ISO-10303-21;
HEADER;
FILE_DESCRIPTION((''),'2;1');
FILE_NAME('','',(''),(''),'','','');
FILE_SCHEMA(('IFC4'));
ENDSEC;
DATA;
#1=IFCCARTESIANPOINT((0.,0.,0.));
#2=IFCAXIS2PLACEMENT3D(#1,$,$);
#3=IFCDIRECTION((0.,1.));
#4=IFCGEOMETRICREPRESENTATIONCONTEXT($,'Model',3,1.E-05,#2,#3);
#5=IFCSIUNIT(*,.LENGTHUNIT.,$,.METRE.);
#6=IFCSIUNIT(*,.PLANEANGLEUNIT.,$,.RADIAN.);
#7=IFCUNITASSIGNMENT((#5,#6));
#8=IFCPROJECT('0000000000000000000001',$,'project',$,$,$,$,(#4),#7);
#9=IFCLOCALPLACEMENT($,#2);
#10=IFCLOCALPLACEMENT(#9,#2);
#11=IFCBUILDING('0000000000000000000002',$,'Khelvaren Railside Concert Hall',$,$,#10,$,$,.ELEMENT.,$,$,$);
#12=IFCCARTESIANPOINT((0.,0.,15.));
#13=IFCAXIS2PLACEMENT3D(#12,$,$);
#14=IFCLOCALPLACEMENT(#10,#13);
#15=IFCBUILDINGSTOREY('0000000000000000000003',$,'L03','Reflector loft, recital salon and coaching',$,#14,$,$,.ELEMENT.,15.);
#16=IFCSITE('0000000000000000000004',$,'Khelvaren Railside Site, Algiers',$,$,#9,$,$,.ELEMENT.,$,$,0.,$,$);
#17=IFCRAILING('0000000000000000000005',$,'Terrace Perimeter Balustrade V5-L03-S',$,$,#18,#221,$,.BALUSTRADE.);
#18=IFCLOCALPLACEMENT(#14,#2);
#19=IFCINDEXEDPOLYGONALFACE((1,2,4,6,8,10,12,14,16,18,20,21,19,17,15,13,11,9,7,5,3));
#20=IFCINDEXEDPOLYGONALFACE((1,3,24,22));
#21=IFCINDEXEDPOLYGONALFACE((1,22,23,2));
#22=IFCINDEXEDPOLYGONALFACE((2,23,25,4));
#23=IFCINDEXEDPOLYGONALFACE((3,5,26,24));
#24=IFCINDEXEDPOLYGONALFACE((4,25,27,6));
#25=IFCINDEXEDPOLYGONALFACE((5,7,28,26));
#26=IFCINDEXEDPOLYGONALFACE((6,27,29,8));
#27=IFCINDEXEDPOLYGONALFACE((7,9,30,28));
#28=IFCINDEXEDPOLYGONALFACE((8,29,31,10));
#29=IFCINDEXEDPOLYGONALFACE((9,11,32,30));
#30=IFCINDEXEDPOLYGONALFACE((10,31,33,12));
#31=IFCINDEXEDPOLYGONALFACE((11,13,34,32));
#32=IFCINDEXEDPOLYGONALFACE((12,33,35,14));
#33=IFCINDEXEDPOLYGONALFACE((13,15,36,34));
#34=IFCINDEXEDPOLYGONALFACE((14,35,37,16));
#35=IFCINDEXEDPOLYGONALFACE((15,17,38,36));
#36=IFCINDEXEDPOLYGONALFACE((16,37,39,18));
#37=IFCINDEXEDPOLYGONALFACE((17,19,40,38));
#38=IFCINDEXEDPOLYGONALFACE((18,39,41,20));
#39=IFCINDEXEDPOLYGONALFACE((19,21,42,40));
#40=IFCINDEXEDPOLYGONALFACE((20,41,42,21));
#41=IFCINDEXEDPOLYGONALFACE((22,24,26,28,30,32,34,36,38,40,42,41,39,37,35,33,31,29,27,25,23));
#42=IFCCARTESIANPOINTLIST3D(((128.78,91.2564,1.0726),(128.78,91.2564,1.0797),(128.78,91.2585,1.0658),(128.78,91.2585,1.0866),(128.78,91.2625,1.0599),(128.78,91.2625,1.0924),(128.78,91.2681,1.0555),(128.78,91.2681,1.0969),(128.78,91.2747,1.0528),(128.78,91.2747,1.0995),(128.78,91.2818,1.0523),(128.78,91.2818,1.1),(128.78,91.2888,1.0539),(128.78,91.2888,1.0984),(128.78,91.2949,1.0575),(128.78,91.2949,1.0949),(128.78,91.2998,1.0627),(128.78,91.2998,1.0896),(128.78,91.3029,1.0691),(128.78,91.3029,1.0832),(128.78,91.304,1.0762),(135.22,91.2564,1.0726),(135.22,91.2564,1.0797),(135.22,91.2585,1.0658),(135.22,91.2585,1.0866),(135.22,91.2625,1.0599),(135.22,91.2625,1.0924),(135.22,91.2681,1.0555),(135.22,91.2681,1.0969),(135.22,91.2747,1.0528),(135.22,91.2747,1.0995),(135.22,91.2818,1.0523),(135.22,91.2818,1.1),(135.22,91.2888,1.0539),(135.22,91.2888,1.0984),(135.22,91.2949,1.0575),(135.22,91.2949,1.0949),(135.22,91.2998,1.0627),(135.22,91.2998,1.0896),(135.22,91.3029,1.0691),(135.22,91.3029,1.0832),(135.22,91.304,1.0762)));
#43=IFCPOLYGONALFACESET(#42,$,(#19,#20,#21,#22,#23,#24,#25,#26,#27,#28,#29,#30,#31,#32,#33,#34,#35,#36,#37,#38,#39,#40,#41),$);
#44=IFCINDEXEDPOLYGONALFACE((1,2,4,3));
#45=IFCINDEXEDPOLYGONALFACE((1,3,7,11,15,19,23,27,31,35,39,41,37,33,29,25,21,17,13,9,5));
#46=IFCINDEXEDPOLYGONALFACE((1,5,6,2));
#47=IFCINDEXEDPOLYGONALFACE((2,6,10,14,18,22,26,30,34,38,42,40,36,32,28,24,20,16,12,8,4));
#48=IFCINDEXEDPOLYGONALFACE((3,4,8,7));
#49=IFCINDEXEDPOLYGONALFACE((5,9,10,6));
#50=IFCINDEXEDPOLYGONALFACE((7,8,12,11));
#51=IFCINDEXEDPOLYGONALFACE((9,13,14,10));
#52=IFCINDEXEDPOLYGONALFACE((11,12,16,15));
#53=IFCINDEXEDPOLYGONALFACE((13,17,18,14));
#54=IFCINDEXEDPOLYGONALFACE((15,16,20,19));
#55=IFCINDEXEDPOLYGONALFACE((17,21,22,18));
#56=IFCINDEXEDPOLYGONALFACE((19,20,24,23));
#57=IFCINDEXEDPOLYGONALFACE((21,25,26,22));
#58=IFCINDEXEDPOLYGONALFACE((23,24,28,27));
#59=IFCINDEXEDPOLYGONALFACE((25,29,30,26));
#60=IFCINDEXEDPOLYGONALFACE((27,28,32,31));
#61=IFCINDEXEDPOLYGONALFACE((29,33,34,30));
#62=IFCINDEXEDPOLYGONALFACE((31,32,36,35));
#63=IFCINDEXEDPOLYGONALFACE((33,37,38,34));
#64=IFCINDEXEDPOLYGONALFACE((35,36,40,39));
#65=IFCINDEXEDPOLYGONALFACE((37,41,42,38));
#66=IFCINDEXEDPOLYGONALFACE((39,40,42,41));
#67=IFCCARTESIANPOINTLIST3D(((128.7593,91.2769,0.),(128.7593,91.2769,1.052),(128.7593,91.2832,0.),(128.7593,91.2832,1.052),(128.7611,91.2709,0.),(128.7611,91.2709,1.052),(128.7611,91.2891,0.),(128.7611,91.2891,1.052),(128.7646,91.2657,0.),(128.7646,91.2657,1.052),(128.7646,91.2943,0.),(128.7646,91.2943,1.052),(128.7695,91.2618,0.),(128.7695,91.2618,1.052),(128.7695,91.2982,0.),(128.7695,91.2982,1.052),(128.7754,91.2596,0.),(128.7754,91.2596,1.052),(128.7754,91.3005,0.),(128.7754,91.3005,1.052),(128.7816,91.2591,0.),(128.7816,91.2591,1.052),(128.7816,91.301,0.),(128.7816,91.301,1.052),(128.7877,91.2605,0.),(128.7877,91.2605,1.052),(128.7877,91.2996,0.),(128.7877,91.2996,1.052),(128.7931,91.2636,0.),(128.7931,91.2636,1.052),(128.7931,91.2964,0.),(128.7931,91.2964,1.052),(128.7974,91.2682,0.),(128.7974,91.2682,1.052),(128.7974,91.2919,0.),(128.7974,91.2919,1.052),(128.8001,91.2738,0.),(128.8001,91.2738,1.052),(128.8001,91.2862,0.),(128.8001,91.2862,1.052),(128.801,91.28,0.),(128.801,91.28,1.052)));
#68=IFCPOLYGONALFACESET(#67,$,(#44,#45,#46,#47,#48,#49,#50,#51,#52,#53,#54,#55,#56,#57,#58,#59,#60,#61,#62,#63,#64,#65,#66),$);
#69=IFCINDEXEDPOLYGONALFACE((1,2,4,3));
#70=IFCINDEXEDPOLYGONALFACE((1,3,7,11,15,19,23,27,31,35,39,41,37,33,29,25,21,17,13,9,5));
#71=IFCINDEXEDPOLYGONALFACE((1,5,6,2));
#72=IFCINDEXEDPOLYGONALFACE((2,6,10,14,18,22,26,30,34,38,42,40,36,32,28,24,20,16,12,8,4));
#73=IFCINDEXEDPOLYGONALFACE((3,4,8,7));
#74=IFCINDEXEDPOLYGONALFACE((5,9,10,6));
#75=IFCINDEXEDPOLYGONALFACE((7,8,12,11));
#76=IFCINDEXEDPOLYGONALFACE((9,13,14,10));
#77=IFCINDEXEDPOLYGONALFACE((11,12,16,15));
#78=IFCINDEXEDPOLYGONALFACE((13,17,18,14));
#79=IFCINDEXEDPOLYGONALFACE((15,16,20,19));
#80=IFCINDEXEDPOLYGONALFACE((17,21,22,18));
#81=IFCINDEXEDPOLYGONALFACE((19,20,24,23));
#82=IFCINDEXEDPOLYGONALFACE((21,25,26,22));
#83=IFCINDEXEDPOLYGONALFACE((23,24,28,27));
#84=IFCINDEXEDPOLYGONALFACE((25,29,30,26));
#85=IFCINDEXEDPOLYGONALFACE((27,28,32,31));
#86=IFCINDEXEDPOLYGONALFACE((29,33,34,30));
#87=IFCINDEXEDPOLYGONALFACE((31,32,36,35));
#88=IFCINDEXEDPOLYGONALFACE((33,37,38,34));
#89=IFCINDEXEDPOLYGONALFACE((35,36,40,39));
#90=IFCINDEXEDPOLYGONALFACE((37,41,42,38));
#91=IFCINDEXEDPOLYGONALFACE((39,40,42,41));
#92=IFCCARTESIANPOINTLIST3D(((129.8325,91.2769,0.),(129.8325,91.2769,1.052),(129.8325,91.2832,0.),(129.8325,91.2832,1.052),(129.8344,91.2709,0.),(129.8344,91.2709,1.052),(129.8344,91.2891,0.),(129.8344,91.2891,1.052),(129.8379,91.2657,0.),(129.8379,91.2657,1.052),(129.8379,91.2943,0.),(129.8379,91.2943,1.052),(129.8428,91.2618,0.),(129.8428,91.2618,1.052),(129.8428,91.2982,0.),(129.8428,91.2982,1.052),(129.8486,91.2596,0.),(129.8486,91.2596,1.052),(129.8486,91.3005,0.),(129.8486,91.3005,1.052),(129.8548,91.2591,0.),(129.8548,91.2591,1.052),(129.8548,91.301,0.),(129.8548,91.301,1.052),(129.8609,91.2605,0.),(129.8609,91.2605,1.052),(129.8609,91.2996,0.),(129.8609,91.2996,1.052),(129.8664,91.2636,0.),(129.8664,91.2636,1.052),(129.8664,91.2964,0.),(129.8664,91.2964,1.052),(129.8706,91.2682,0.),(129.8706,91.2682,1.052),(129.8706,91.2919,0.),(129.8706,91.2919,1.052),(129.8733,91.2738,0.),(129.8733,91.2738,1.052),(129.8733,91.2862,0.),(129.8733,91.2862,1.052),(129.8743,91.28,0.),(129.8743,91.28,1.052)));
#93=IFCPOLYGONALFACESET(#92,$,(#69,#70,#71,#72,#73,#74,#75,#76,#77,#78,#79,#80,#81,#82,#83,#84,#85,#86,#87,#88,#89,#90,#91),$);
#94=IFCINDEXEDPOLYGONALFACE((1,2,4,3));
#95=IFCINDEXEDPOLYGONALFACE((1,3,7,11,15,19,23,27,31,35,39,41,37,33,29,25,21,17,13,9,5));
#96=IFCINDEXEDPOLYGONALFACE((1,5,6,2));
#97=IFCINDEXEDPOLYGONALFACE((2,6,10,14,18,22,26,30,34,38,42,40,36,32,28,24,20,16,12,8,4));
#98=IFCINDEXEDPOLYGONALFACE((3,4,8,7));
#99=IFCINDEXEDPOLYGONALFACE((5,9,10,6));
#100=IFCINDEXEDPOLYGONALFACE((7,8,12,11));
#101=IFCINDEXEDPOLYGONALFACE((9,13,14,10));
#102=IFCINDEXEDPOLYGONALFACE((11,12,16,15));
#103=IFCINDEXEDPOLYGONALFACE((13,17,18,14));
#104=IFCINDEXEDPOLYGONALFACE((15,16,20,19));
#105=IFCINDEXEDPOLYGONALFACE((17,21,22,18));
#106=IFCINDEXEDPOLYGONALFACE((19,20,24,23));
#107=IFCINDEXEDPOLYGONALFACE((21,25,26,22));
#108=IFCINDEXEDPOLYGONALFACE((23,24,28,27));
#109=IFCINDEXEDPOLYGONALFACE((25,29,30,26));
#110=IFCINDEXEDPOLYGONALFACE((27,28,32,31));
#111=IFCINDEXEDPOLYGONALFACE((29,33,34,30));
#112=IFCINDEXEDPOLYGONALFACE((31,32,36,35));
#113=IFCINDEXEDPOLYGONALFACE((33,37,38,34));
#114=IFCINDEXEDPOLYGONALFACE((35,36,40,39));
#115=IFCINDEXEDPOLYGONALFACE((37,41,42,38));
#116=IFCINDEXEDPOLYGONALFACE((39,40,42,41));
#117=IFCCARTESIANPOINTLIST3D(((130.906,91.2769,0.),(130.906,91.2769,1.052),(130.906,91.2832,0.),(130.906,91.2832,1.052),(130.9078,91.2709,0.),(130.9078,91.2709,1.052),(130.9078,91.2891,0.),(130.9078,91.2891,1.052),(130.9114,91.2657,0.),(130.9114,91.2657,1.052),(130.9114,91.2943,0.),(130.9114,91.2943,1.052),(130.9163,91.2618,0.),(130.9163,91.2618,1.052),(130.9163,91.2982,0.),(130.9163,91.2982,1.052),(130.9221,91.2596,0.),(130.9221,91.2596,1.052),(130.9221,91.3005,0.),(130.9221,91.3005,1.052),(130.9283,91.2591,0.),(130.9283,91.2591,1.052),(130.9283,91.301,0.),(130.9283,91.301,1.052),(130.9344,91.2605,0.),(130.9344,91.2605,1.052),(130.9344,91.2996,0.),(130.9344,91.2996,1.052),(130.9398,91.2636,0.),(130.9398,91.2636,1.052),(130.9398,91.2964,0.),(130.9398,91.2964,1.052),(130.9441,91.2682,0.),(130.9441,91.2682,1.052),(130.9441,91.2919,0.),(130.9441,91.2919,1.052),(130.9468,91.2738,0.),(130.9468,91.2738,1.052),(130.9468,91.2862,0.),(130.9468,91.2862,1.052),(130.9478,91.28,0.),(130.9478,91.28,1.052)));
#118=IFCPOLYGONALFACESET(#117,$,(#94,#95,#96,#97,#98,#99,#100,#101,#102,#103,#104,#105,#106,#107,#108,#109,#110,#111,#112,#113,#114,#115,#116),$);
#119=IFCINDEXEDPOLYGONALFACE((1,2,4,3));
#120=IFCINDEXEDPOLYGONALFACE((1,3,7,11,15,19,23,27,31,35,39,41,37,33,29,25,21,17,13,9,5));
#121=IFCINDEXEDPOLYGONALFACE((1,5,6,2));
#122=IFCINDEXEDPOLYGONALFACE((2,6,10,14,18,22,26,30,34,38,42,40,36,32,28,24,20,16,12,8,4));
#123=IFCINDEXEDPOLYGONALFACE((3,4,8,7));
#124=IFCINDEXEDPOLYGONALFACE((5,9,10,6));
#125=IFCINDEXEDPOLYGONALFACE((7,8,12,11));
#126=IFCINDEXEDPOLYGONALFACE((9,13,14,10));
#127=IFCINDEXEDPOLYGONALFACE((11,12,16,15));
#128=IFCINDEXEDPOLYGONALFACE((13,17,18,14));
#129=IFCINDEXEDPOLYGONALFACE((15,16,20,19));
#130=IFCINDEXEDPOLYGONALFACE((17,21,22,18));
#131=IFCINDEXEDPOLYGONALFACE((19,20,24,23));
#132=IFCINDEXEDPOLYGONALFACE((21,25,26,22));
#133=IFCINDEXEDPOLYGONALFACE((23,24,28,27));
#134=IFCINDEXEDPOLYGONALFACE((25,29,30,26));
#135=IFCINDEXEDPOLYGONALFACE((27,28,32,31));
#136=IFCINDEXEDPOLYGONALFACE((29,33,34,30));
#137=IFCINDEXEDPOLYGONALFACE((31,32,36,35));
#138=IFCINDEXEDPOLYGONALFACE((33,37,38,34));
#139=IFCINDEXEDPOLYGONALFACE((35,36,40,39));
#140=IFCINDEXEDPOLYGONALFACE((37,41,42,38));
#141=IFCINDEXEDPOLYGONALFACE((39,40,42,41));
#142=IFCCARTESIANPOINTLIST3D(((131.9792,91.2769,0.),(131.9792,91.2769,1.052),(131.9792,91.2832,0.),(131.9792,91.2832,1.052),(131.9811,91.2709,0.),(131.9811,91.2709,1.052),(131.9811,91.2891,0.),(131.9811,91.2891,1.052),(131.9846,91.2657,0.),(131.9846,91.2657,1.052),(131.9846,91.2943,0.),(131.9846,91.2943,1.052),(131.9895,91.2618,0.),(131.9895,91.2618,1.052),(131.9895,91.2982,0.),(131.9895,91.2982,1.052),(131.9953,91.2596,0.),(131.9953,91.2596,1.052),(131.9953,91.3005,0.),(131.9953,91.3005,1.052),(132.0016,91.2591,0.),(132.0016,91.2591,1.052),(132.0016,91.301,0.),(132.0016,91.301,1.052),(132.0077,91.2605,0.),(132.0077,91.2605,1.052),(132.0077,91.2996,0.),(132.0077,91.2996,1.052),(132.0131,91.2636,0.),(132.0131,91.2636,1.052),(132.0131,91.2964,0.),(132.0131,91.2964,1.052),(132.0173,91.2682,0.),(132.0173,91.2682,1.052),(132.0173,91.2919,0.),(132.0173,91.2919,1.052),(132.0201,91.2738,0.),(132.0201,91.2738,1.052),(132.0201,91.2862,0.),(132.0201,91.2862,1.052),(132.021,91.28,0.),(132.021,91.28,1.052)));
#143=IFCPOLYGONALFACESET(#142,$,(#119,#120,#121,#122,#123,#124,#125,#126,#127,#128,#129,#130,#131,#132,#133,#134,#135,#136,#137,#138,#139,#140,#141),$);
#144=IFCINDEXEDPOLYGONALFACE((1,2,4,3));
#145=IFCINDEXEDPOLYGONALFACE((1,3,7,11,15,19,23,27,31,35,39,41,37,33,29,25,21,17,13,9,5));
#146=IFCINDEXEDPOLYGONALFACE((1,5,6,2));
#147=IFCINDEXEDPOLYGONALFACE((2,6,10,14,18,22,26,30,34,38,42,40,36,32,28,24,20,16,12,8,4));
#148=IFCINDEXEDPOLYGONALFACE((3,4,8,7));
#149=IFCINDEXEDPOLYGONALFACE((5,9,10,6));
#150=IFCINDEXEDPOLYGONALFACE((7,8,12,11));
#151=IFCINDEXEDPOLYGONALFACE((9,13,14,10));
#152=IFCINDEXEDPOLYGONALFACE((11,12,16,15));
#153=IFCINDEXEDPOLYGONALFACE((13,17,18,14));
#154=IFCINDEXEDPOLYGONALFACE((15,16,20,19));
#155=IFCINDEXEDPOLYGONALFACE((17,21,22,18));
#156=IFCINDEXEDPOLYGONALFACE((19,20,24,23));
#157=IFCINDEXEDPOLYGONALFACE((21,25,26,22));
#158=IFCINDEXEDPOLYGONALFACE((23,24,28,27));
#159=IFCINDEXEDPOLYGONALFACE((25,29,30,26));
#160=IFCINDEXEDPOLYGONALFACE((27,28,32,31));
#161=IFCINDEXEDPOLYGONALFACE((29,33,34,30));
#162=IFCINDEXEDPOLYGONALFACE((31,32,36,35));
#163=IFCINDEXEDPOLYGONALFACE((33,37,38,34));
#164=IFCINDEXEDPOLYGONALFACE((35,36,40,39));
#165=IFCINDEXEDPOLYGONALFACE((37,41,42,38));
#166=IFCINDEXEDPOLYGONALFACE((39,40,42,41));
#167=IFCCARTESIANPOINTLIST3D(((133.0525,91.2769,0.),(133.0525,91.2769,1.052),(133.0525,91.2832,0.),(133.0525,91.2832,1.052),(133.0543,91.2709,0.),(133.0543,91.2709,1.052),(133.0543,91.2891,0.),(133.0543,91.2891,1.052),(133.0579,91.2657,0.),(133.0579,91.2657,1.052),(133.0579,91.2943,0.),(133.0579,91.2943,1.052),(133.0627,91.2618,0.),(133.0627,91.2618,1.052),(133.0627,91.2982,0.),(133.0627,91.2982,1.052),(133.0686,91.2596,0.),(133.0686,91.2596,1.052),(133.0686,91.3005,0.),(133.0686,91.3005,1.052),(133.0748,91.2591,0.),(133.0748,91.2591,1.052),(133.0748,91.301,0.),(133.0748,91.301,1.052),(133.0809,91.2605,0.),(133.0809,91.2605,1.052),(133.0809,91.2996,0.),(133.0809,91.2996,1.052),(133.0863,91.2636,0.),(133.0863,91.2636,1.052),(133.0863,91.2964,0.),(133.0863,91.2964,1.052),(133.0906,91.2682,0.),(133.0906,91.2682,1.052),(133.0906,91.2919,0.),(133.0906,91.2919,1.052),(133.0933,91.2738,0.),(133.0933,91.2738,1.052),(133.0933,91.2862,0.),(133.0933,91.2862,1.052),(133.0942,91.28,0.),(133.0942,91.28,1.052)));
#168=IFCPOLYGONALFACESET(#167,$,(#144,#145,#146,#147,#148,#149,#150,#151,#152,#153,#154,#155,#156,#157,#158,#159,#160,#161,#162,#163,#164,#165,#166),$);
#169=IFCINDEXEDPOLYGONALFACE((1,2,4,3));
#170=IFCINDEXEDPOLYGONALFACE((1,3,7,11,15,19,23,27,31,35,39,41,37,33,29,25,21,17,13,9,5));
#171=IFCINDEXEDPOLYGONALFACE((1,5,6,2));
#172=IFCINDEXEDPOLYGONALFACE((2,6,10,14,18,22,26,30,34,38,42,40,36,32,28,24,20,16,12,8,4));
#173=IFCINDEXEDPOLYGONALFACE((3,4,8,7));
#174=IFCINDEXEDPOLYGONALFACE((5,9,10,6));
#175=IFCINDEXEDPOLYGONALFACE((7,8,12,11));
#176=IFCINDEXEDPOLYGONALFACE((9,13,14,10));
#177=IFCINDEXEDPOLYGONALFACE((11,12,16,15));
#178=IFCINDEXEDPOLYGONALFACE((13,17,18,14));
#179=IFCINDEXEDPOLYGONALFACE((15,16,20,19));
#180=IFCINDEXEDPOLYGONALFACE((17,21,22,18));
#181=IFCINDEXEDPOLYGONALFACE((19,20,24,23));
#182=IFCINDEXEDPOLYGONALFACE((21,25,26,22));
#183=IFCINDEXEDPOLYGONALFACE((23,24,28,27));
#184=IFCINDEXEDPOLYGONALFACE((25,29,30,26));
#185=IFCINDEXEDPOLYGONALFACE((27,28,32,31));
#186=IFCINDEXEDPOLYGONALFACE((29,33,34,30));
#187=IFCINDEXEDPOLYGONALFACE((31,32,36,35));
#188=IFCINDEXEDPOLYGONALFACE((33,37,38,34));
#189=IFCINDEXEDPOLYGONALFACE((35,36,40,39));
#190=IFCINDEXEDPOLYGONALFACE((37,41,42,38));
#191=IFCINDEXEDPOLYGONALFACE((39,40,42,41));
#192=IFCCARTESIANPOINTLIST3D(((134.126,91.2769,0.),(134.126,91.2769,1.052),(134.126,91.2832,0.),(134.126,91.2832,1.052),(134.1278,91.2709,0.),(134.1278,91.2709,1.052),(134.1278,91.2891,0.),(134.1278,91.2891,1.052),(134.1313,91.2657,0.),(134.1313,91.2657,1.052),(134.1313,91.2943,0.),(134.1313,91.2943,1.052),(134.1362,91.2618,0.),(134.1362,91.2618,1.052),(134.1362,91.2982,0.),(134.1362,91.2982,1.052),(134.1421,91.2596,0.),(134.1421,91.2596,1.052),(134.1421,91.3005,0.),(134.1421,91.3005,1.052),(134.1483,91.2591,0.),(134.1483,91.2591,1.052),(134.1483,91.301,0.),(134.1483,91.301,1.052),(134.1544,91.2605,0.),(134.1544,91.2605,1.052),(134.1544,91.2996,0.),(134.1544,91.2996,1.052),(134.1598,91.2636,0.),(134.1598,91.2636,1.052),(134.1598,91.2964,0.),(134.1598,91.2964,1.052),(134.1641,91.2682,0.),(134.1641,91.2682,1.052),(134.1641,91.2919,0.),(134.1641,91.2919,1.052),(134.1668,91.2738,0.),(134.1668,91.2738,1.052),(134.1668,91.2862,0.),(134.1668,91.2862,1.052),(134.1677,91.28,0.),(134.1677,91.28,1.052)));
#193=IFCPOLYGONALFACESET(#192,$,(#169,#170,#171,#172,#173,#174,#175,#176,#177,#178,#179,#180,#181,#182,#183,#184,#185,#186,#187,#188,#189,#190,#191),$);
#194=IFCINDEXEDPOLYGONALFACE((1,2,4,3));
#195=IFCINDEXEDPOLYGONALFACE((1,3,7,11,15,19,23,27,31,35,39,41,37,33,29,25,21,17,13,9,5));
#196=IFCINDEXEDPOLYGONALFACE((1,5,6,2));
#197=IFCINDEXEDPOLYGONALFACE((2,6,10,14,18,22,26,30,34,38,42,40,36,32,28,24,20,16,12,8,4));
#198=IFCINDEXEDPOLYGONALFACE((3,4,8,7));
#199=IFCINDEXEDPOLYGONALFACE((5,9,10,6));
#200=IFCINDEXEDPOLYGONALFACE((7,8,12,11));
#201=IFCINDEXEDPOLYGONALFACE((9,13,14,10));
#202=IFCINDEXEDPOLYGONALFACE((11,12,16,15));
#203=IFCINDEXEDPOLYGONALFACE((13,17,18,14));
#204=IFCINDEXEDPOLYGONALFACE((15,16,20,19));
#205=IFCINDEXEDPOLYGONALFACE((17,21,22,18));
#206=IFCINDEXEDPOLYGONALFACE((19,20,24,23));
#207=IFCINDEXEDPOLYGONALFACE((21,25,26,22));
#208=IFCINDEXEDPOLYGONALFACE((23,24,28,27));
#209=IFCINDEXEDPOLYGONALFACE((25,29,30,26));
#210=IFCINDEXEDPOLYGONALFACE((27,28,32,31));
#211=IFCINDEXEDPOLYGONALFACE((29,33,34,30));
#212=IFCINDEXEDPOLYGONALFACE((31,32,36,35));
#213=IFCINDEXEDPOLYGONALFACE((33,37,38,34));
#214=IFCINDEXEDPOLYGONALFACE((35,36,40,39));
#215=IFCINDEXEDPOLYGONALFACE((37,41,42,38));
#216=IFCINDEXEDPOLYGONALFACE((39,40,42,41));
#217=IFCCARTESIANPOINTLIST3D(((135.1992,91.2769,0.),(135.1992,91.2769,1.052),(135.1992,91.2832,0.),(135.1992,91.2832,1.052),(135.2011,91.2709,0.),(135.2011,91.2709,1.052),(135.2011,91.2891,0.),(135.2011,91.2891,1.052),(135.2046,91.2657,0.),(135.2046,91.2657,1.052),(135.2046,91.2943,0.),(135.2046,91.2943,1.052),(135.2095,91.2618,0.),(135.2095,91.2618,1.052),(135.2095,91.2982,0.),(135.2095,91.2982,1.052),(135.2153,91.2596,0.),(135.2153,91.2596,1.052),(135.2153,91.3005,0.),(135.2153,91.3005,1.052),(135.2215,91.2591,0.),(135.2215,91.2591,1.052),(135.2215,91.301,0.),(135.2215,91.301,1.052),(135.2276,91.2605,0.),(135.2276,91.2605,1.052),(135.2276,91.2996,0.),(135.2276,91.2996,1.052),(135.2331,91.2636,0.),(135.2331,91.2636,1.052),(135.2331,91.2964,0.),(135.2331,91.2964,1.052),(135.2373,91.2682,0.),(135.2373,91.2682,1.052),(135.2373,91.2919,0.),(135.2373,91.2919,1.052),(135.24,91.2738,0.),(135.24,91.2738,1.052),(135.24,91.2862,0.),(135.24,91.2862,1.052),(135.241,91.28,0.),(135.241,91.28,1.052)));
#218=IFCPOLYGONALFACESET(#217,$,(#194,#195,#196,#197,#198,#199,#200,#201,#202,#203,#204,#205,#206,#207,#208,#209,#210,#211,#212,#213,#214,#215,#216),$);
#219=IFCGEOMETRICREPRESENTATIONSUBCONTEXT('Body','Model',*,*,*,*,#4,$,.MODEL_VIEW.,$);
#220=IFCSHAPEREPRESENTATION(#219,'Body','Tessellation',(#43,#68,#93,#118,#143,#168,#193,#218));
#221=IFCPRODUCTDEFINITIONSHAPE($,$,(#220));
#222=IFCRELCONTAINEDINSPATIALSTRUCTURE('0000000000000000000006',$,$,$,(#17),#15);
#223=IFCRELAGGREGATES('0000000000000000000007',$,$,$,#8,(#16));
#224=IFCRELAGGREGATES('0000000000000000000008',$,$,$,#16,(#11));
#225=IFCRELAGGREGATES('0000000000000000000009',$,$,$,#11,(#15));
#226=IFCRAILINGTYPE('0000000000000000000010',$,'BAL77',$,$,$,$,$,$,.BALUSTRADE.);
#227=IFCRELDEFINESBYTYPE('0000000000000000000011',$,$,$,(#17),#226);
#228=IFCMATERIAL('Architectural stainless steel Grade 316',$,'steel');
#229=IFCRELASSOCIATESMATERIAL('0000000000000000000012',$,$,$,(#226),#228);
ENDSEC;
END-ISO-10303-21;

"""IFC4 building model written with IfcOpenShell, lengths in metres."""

from ifc_helpers import new_model, si_unit, direction, frame, origin, origin_2d, place, context, subcontext, project, spatial, circle, extrude, material, type_object, element, save


model = new_model("IFC4")

# Units and contexts
model_context = context("Model", 3, precision=1e-05, world=origin(), true_north=direction((0.0, 1.0)))
body_context = subcontext(model_context, "Body", "Model", "MODEL_VIEW")
ifc_project = project(units=[si_unit("LENGTHUNIT", "METRE"), si_unit("PLANEANGLEUNIT", "RADIAN")], contexts=[model_context])

# Site, building, storey
site_placement = place(None, origin())
site = spatial("IfcSite", under=ifc_project, at=site_placement, Name="Khelvaren Railside Site, Algiers", CompositionType="ELEMENT", RefElevation=0.0)
building_placement = place(site_placement, origin())
building = spatial("IfcBuilding", under=site, at=building_placement, Name="Khelvaren Railside Concert Hall", CompositionType="ELEMENT")
storey_placement = place(building_placement, frame((0.0, 0.0, 15.0)))
storey = spatial("IfcBuildingStorey", under=building, at=storey_placement, Name="L03", Description="Reflector loft, recital salon and coaching", CompositionType="ELEMENT", Elevation=15.0)

# Railing
ifc_material_1 = material(Name="Architectural stainless steel Grade 316", Category="steel")
railing_type = type_object("IfcRailingType", Name="BAL77", PredefinedType="BALUSTRADE", material=ifc_material_1)
railing_1_placement = place(storey_placement, frame((128.78, 91.28, 0.0)))
element("IfcRailing", 1, at=railing_1_placement, inside=storey, type_object=railing_type, Name="Terrace Perimeter Balustrade V5-L03-S", PredefinedType="BALUSTRADE", context=body_context, shape_type="SweptSolid", body=[
    extrude(circle(Radius=0.0239, at=origin_2d()), frame((0.0, 0.0, 1.0762), z_axis=(1.0, 0.0, 0.0), x_axis=(0.0, 1.0, 0.0)), (0.0, 0.0, 1.0), 6.4399),
    extrude(circle(Radius=0.021, at=origin_2d()), origin(), (0.0, 0.0, 1.0), 1.052),
    extrude(circle(Radius=0.021, at=origin_2d()), frame((1.0732, 0.0, 0.0)), (0.0, 0.0, 1.0), 1.052),
    extrude(circle(Radius=0.021, at=origin_2d()), frame((2.1467, 0.0, 0.0)), (0.0, 0.0, 1.0), 1.052),
    extrude(circle(Radius=0.021, at=origin_2d()), frame((3.22, 0.0, 0.0)), (0.0, 0.0, 1.0), 1.052),
    extrude(circle(Radius=0.021, at=origin_2d()), frame((4.2932, 0.0, 0.0)), (0.0, 0.0, 1.0), 1.052),
    extrude(circle(Radius=0.021, at=origin_2d()), frame((5.3667, 0.0, 0.0)), (0.0, 0.0, 1.0), 1.052),
    extrude(circle(Radius=0.021, at=origin_2d()), frame((6.4399, 0.0, 0.0)), (0.0, 0.0, 1.0), 1.052),
])

save(model, "model.ifc")
